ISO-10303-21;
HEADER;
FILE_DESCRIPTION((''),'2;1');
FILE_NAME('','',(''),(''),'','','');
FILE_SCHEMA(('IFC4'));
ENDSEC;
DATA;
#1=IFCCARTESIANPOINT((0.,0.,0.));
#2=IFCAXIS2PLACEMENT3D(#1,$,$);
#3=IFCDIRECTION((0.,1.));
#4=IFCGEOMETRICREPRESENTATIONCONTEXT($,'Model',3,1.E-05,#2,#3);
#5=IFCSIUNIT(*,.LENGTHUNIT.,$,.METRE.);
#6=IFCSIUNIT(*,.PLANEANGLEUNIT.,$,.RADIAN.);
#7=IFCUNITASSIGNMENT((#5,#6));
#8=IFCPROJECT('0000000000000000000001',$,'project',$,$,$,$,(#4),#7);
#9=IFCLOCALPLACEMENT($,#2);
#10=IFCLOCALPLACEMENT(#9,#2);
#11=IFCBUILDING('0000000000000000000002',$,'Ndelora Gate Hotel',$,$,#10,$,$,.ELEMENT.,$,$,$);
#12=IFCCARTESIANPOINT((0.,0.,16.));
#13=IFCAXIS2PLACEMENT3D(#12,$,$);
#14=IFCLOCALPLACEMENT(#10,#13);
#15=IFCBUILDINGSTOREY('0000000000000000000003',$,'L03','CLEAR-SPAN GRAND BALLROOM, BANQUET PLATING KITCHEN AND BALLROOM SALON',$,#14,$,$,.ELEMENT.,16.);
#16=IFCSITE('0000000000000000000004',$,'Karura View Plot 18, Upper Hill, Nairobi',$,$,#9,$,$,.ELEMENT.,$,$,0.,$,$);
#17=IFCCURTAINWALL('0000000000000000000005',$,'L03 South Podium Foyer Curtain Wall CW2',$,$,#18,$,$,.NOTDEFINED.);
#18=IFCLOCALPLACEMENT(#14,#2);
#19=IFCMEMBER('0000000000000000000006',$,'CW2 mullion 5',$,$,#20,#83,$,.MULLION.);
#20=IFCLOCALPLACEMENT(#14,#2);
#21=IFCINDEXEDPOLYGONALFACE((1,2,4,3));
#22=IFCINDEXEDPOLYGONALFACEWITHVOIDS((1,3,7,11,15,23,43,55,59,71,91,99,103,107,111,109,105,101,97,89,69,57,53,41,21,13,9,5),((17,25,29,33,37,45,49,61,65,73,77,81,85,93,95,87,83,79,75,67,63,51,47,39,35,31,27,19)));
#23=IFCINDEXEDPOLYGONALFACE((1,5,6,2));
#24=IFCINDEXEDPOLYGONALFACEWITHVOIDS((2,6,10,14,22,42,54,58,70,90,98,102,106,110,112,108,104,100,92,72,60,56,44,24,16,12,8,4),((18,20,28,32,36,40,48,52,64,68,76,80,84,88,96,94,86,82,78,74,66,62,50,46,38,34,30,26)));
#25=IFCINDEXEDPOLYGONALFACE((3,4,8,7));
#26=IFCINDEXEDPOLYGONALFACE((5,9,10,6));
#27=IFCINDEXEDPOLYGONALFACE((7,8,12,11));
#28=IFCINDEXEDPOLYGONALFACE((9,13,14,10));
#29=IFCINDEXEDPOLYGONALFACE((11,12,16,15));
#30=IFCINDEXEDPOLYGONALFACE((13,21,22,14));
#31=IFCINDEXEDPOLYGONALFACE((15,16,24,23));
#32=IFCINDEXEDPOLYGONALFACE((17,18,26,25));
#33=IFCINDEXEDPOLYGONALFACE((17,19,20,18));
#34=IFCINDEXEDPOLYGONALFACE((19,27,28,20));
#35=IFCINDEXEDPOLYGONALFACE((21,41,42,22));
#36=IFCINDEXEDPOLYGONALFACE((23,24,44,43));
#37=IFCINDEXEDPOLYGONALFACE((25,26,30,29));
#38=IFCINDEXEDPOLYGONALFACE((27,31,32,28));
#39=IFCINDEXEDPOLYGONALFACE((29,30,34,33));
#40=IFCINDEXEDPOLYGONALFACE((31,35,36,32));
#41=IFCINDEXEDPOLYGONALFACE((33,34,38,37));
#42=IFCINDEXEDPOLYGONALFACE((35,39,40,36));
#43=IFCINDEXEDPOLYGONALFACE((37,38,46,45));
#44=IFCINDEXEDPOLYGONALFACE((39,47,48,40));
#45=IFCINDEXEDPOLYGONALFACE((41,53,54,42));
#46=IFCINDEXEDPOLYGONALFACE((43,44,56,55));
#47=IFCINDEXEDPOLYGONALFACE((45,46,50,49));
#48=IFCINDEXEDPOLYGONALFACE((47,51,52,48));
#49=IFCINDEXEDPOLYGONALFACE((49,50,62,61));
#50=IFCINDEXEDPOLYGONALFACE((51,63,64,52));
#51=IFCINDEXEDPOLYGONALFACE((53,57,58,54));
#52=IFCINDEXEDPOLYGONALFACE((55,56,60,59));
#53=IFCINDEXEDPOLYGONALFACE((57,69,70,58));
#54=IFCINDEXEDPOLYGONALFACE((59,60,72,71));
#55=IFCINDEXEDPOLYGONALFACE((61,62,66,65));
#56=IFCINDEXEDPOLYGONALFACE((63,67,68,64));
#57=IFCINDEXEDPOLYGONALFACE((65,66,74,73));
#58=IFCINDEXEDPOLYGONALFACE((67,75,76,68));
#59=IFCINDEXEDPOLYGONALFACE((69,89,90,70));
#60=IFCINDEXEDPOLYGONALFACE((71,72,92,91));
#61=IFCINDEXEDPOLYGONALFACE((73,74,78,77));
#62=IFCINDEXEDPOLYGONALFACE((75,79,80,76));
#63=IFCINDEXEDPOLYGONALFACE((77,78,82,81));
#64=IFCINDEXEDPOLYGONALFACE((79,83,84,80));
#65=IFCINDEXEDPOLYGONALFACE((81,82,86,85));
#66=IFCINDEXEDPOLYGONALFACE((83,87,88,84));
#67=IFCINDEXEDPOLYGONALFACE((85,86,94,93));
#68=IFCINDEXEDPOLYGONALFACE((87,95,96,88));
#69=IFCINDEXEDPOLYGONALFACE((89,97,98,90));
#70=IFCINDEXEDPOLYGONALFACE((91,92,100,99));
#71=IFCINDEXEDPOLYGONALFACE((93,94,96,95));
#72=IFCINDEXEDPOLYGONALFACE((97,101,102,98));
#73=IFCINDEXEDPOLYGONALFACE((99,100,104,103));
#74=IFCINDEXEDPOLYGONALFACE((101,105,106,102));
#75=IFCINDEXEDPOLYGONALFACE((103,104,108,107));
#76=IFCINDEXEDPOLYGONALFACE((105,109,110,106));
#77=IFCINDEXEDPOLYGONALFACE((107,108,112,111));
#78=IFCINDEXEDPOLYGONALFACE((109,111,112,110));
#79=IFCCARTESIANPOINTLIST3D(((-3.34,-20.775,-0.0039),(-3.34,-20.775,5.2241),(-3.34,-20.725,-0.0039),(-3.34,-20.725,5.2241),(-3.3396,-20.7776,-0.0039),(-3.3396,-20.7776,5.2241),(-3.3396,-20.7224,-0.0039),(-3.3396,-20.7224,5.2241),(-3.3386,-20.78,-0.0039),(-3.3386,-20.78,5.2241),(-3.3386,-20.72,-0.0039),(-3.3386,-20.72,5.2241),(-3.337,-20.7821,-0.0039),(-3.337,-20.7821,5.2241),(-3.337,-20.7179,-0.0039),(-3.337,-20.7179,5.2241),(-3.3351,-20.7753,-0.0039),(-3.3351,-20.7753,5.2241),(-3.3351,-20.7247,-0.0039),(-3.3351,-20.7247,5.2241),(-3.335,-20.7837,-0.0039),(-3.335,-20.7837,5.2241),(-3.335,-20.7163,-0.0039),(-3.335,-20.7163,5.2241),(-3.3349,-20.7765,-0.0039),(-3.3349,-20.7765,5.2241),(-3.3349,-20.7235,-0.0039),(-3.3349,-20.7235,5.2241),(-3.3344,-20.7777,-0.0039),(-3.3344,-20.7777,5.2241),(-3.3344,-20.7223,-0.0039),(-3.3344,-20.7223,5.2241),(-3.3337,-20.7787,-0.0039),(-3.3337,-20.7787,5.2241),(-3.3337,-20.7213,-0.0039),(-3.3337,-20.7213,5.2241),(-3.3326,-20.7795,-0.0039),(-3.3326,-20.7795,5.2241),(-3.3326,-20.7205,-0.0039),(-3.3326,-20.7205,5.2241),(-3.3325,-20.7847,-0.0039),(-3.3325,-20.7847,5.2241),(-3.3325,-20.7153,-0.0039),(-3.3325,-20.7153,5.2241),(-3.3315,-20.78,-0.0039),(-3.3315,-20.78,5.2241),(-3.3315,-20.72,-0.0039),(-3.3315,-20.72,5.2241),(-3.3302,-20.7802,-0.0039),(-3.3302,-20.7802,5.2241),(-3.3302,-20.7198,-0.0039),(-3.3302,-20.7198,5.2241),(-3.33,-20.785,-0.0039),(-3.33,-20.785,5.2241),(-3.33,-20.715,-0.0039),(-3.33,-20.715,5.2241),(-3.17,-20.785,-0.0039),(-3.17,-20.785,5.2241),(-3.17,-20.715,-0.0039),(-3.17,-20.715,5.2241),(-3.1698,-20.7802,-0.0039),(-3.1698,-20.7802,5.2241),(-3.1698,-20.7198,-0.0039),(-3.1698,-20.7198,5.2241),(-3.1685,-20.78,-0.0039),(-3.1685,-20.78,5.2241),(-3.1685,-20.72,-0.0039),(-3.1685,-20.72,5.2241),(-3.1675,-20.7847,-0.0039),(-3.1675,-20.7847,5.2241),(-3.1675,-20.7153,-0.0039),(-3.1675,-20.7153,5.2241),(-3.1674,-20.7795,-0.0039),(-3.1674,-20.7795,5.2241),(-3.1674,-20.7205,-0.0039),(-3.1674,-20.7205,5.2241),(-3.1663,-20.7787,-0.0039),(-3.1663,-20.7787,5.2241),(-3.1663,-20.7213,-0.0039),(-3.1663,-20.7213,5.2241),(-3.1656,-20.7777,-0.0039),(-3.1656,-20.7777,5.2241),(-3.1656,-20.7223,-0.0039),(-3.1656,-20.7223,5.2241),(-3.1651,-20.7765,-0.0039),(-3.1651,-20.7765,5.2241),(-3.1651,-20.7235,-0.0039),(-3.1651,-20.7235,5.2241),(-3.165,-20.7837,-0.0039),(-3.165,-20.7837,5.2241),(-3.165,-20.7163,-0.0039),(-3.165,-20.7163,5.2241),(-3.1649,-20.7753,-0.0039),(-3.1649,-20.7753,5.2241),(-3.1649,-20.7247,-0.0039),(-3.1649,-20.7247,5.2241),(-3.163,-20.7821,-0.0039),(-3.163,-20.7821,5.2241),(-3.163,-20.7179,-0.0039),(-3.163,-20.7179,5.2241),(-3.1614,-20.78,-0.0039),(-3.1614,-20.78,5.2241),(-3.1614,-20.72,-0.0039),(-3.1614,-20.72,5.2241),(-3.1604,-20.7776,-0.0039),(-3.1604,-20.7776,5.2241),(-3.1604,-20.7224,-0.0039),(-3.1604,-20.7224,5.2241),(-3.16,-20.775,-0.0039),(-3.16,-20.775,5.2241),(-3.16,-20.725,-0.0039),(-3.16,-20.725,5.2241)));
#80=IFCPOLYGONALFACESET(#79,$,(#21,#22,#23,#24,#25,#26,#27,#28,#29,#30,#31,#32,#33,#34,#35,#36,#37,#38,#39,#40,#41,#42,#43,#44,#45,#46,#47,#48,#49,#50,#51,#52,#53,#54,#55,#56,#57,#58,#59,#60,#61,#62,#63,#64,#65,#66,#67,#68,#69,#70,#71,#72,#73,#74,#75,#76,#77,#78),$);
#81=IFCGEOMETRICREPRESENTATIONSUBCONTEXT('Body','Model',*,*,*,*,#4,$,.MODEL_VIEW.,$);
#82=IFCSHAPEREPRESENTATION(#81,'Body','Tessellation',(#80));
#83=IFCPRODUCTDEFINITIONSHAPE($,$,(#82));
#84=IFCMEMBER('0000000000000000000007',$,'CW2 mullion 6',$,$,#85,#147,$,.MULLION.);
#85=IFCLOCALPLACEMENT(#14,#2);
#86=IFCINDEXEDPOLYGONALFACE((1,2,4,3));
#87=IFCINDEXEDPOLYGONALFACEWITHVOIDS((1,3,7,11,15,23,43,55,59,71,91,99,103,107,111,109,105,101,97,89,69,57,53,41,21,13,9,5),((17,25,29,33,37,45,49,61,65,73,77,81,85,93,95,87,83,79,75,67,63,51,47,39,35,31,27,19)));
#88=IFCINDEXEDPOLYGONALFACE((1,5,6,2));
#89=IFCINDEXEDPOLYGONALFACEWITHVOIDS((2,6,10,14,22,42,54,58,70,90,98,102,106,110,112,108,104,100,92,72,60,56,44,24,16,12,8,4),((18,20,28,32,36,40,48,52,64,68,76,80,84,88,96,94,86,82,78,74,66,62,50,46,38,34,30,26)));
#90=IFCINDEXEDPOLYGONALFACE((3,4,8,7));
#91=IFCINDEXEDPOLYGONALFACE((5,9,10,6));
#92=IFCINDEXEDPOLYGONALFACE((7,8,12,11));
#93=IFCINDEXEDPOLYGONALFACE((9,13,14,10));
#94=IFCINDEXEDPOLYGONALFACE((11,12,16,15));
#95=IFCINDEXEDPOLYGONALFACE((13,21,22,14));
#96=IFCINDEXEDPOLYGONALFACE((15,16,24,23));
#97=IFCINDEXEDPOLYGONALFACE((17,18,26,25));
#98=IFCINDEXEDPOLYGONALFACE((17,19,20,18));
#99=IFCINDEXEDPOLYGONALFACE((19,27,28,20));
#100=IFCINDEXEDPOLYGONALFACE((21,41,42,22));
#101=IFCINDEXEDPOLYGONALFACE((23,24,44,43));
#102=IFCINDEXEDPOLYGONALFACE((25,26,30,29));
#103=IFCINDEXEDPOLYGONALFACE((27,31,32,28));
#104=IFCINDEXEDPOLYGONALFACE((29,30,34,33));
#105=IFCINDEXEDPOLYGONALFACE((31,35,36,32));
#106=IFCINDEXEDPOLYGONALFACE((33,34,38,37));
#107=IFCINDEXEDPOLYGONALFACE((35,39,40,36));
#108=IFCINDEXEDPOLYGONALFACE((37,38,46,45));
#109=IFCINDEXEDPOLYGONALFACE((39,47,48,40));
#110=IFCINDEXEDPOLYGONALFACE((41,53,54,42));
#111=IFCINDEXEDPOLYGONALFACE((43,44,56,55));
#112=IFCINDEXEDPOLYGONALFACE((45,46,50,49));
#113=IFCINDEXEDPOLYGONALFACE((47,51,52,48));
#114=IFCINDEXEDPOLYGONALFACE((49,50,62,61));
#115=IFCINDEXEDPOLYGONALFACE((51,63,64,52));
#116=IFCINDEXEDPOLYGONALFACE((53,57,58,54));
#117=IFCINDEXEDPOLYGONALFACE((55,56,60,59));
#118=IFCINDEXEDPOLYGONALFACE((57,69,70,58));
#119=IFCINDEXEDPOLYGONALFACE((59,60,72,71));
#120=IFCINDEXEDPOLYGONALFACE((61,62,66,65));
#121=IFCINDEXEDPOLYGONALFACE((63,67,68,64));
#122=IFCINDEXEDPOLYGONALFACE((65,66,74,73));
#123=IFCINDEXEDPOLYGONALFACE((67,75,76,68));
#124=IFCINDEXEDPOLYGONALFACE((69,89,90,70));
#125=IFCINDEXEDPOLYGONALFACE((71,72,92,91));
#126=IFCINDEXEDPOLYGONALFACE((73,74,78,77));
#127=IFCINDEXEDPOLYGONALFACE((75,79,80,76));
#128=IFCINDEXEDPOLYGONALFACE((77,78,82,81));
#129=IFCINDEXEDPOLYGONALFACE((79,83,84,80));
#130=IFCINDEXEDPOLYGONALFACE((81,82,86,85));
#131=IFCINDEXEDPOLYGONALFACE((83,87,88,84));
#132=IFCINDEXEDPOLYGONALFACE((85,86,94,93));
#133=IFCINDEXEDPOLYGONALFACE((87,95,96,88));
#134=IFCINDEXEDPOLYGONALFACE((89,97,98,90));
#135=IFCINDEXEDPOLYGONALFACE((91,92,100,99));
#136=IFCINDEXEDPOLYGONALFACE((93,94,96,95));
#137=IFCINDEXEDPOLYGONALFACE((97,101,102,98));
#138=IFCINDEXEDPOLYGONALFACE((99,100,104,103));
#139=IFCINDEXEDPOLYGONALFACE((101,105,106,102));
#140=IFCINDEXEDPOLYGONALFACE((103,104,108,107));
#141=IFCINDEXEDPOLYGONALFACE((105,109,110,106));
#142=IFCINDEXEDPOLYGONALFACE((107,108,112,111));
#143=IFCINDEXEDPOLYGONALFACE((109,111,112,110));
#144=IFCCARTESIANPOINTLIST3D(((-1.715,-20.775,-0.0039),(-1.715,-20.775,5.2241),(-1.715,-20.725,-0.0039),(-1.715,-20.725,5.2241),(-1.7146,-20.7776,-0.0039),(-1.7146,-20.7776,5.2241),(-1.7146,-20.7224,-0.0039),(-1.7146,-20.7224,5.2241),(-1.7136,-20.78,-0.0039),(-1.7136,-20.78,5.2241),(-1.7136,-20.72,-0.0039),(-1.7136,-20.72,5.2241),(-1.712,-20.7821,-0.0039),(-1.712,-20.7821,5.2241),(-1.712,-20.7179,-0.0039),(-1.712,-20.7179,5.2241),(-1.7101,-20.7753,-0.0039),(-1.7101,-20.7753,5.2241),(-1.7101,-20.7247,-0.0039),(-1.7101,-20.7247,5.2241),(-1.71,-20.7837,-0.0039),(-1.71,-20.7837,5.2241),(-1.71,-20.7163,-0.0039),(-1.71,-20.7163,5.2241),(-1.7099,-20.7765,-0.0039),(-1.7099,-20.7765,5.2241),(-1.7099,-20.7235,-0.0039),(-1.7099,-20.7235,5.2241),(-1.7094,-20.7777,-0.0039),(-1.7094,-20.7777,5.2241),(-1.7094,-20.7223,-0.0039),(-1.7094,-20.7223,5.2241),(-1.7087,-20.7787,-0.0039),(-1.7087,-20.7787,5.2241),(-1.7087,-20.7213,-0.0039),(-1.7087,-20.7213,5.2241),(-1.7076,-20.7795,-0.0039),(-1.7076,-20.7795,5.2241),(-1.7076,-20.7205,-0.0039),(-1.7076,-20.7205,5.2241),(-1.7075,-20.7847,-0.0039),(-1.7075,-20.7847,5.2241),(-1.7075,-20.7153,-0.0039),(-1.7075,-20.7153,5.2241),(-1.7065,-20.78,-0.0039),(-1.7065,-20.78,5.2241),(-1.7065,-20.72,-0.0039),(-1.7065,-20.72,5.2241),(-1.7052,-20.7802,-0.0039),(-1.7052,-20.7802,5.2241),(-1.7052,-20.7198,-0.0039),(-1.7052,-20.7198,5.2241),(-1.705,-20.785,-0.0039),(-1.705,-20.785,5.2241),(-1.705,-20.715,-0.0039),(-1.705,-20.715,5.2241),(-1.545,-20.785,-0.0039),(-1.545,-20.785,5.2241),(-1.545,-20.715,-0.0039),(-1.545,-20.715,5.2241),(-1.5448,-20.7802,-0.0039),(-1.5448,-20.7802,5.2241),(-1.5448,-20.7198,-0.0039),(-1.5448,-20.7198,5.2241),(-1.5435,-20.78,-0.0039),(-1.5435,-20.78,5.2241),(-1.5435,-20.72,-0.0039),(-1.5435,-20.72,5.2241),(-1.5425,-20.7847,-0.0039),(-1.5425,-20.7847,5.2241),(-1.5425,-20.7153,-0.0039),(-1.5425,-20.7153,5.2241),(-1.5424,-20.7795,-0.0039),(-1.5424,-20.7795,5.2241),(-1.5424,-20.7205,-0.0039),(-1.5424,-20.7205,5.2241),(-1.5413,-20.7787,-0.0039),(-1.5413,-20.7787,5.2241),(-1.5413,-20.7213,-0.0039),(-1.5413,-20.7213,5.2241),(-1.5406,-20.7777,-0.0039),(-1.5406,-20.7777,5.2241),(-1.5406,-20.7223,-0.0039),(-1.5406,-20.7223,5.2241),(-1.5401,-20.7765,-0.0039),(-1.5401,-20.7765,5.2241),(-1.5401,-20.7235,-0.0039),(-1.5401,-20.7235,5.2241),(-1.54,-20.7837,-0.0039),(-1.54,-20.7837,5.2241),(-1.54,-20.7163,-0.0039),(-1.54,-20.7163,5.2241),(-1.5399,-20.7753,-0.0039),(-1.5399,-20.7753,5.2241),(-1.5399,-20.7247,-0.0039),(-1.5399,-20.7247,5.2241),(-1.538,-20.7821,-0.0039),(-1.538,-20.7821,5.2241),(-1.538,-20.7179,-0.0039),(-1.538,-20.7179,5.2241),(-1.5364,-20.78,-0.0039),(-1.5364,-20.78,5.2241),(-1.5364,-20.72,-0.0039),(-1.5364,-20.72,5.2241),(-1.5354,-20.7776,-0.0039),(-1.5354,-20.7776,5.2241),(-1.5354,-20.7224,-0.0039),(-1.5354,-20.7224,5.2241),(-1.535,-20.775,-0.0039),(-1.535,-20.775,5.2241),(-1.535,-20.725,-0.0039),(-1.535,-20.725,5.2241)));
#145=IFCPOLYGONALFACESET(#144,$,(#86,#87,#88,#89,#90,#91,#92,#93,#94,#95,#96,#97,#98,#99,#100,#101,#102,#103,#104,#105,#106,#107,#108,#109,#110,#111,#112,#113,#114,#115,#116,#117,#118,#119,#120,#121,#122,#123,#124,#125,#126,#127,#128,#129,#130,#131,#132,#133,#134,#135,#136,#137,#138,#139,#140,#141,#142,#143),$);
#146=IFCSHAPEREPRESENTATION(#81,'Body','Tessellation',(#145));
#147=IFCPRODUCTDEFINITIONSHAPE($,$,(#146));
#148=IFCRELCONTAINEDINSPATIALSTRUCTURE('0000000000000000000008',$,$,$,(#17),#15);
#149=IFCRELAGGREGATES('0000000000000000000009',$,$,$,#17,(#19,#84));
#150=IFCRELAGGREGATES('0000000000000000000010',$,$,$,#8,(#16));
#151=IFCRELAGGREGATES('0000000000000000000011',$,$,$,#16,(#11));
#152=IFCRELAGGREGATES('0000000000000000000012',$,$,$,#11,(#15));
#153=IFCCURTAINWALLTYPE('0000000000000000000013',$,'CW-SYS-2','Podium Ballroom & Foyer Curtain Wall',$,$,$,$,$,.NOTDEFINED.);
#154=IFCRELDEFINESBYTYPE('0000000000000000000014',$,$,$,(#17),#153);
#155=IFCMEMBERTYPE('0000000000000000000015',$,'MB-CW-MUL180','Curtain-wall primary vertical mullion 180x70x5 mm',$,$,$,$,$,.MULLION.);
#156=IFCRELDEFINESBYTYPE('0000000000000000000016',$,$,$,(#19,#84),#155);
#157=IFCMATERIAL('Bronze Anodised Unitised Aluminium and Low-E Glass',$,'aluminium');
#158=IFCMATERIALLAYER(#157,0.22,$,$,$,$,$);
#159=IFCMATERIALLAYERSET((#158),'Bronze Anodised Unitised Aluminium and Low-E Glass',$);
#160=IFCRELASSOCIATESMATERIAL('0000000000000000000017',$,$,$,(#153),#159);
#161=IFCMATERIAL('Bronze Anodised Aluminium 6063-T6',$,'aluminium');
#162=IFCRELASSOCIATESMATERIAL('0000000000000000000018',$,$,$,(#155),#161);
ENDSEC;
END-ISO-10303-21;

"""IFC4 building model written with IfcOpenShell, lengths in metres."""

from ifc_helpers import new_model, si_unit, direction, frame, origin, origin_2d, place, context, subcontext, project, spatial, hollow_rectangle, extrude, material, layer, layer_set, material_profile, profile_set, type_object, element, aggregate, save


model = new_model("IFC4")

# Units and contexts
model_context = context("Model", 3, precision=1e-05, world=origin(), true_north=direction((0.0, 1.0)))
body_context = subcontext(model_context, "Body", "Model", "MODEL_VIEW")
ifc_project = project(units=[si_unit("LENGTHUNIT", "METRE"), si_unit("PLANEANGLEUNIT", "RADIAN")], contexts=[model_context])

# Site, building, storey
site_placement = place(None, origin())
site = spatial("IfcSite", under=ifc_project, at=site_placement, Name="Karura View Plot 18, Upper Hill, Nairobi", CompositionType="ELEMENT", RefElevation=0.0)
building_placement = place(site_placement, origin())
building = spatial("IfcBuilding", under=site, at=building_placement, Name="Ndelora Gate Hotel", CompositionType="ELEMENT")
storey_placement = place(building_placement, frame((0.0, 0.0, 16.0)))
storey = spatial("IfcBuildingStorey", under=building, at=storey_placement, Name="L03", Description="CLEAR-SPAN GRAND BALLROOM, BANQUET PLATING KITCHEN AND BALLROOM SALON", CompositionType="ELEMENT", Elevation=16.0)

# Curtain wall, members
ifc_material_1 = material(Name="Bronze Anodised Unitised Aluminium and Low-E Glass", Category="aluminium")
ifc_layer_1 = layer(ifc_material_1, 0.22)
ifc_layer_set_1 = layer_set([ifc_layer_1], Name="Bronze Anodised Unitised Aluminium and Low-E Glass")
curtain_wall_type = type_object("IfcCurtainWallType", Name="CW-SYS-2", Description="Podium Ballroom & Foyer Curtain Wall", PredefinedType="NOTDEFINED", material=ifc_layer_set_1)
curtain_wall_placement = place(storey_placement, origin())
curtain_wall = element("IfcCurtainWall", 1, at=curtain_wall_placement, inside=storey, type_object=curtain_wall_type, Name="L03 South Podium Foyer Curtain Wall CW2", PredefinedType="NOTDEFINED")
ifc_material_2 = material(Name="Bronze Anodised Aluminium 6063-T6", Category="aluminium")
ifc_material_profile_1 = material_profile(ifc_material_2, hollow_rectangle(XDim=0.0701, YDim=0.1799, WallThickness=0.0049, InnerFilletRadius=0.0049, OuterFilletRadius=0.01, at=origin_2d()), Name="ALU 180x70x5")
ifc_profile_set_1 = profile_set([ifc_material_profile_1], Name="Bronze Anodised Aluminium 6063-T6")
member_type_1 = type_object("IfcMemberType", Name="MB-CW-MUL180", Description="Curtain-wall primary vertical mullion 180x70x5 mm", PredefinedType="MULLION", material=ifc_profile_set_1)
member_1_placement = place(storey_placement, frame((-3.25, -20.75, -0.0039), z_axis=(0.0, 0.0, 1.0), x_axis=(0.0, 1.0, 0.0)))
member_1 = element("IfcMember", 2, at=member_1_placement, type_object=member_type_1, Name="CW2 mullion 5", PredefinedType="MULLION", context=body_context, shape_type="SweptSolid", body=[
    extrude(hollow_rectangle(XDim=0.0701, YDim=0.1799, WallThickness=0.0049, InnerFilletRadius=0.0049, OuterFilletRadius=0.01, at=origin_2d()), origin(), (0.0, 0.0, 1.0), 5.228),
])
member_2_placement = place(storey_placement, frame((-1.625, -20.75, -0.0039), z_axis=(0.0, 0.0, 1.0), x_axis=(0.0, 1.0, 0.0)))
member_2 = element("IfcMember", 3, at=member_2_placement, type_object=member_type_1, Name="CW2 mullion 6", PredefinedType="MULLION", context=body_context, shape_type="SweptSolid", body=[
    extrude(hollow_rectangle(XDim=0.0701, YDim=0.1799, WallThickness=0.0049, InnerFilletRadius=0.0049, OuterFilletRadius=0.01, at=origin_2d()), origin(), (0.0, 0.0, 1.0), 5.228),
])
aggregate(curtain_wall, [member_1, member_2])

save(model, "model.ifc")
